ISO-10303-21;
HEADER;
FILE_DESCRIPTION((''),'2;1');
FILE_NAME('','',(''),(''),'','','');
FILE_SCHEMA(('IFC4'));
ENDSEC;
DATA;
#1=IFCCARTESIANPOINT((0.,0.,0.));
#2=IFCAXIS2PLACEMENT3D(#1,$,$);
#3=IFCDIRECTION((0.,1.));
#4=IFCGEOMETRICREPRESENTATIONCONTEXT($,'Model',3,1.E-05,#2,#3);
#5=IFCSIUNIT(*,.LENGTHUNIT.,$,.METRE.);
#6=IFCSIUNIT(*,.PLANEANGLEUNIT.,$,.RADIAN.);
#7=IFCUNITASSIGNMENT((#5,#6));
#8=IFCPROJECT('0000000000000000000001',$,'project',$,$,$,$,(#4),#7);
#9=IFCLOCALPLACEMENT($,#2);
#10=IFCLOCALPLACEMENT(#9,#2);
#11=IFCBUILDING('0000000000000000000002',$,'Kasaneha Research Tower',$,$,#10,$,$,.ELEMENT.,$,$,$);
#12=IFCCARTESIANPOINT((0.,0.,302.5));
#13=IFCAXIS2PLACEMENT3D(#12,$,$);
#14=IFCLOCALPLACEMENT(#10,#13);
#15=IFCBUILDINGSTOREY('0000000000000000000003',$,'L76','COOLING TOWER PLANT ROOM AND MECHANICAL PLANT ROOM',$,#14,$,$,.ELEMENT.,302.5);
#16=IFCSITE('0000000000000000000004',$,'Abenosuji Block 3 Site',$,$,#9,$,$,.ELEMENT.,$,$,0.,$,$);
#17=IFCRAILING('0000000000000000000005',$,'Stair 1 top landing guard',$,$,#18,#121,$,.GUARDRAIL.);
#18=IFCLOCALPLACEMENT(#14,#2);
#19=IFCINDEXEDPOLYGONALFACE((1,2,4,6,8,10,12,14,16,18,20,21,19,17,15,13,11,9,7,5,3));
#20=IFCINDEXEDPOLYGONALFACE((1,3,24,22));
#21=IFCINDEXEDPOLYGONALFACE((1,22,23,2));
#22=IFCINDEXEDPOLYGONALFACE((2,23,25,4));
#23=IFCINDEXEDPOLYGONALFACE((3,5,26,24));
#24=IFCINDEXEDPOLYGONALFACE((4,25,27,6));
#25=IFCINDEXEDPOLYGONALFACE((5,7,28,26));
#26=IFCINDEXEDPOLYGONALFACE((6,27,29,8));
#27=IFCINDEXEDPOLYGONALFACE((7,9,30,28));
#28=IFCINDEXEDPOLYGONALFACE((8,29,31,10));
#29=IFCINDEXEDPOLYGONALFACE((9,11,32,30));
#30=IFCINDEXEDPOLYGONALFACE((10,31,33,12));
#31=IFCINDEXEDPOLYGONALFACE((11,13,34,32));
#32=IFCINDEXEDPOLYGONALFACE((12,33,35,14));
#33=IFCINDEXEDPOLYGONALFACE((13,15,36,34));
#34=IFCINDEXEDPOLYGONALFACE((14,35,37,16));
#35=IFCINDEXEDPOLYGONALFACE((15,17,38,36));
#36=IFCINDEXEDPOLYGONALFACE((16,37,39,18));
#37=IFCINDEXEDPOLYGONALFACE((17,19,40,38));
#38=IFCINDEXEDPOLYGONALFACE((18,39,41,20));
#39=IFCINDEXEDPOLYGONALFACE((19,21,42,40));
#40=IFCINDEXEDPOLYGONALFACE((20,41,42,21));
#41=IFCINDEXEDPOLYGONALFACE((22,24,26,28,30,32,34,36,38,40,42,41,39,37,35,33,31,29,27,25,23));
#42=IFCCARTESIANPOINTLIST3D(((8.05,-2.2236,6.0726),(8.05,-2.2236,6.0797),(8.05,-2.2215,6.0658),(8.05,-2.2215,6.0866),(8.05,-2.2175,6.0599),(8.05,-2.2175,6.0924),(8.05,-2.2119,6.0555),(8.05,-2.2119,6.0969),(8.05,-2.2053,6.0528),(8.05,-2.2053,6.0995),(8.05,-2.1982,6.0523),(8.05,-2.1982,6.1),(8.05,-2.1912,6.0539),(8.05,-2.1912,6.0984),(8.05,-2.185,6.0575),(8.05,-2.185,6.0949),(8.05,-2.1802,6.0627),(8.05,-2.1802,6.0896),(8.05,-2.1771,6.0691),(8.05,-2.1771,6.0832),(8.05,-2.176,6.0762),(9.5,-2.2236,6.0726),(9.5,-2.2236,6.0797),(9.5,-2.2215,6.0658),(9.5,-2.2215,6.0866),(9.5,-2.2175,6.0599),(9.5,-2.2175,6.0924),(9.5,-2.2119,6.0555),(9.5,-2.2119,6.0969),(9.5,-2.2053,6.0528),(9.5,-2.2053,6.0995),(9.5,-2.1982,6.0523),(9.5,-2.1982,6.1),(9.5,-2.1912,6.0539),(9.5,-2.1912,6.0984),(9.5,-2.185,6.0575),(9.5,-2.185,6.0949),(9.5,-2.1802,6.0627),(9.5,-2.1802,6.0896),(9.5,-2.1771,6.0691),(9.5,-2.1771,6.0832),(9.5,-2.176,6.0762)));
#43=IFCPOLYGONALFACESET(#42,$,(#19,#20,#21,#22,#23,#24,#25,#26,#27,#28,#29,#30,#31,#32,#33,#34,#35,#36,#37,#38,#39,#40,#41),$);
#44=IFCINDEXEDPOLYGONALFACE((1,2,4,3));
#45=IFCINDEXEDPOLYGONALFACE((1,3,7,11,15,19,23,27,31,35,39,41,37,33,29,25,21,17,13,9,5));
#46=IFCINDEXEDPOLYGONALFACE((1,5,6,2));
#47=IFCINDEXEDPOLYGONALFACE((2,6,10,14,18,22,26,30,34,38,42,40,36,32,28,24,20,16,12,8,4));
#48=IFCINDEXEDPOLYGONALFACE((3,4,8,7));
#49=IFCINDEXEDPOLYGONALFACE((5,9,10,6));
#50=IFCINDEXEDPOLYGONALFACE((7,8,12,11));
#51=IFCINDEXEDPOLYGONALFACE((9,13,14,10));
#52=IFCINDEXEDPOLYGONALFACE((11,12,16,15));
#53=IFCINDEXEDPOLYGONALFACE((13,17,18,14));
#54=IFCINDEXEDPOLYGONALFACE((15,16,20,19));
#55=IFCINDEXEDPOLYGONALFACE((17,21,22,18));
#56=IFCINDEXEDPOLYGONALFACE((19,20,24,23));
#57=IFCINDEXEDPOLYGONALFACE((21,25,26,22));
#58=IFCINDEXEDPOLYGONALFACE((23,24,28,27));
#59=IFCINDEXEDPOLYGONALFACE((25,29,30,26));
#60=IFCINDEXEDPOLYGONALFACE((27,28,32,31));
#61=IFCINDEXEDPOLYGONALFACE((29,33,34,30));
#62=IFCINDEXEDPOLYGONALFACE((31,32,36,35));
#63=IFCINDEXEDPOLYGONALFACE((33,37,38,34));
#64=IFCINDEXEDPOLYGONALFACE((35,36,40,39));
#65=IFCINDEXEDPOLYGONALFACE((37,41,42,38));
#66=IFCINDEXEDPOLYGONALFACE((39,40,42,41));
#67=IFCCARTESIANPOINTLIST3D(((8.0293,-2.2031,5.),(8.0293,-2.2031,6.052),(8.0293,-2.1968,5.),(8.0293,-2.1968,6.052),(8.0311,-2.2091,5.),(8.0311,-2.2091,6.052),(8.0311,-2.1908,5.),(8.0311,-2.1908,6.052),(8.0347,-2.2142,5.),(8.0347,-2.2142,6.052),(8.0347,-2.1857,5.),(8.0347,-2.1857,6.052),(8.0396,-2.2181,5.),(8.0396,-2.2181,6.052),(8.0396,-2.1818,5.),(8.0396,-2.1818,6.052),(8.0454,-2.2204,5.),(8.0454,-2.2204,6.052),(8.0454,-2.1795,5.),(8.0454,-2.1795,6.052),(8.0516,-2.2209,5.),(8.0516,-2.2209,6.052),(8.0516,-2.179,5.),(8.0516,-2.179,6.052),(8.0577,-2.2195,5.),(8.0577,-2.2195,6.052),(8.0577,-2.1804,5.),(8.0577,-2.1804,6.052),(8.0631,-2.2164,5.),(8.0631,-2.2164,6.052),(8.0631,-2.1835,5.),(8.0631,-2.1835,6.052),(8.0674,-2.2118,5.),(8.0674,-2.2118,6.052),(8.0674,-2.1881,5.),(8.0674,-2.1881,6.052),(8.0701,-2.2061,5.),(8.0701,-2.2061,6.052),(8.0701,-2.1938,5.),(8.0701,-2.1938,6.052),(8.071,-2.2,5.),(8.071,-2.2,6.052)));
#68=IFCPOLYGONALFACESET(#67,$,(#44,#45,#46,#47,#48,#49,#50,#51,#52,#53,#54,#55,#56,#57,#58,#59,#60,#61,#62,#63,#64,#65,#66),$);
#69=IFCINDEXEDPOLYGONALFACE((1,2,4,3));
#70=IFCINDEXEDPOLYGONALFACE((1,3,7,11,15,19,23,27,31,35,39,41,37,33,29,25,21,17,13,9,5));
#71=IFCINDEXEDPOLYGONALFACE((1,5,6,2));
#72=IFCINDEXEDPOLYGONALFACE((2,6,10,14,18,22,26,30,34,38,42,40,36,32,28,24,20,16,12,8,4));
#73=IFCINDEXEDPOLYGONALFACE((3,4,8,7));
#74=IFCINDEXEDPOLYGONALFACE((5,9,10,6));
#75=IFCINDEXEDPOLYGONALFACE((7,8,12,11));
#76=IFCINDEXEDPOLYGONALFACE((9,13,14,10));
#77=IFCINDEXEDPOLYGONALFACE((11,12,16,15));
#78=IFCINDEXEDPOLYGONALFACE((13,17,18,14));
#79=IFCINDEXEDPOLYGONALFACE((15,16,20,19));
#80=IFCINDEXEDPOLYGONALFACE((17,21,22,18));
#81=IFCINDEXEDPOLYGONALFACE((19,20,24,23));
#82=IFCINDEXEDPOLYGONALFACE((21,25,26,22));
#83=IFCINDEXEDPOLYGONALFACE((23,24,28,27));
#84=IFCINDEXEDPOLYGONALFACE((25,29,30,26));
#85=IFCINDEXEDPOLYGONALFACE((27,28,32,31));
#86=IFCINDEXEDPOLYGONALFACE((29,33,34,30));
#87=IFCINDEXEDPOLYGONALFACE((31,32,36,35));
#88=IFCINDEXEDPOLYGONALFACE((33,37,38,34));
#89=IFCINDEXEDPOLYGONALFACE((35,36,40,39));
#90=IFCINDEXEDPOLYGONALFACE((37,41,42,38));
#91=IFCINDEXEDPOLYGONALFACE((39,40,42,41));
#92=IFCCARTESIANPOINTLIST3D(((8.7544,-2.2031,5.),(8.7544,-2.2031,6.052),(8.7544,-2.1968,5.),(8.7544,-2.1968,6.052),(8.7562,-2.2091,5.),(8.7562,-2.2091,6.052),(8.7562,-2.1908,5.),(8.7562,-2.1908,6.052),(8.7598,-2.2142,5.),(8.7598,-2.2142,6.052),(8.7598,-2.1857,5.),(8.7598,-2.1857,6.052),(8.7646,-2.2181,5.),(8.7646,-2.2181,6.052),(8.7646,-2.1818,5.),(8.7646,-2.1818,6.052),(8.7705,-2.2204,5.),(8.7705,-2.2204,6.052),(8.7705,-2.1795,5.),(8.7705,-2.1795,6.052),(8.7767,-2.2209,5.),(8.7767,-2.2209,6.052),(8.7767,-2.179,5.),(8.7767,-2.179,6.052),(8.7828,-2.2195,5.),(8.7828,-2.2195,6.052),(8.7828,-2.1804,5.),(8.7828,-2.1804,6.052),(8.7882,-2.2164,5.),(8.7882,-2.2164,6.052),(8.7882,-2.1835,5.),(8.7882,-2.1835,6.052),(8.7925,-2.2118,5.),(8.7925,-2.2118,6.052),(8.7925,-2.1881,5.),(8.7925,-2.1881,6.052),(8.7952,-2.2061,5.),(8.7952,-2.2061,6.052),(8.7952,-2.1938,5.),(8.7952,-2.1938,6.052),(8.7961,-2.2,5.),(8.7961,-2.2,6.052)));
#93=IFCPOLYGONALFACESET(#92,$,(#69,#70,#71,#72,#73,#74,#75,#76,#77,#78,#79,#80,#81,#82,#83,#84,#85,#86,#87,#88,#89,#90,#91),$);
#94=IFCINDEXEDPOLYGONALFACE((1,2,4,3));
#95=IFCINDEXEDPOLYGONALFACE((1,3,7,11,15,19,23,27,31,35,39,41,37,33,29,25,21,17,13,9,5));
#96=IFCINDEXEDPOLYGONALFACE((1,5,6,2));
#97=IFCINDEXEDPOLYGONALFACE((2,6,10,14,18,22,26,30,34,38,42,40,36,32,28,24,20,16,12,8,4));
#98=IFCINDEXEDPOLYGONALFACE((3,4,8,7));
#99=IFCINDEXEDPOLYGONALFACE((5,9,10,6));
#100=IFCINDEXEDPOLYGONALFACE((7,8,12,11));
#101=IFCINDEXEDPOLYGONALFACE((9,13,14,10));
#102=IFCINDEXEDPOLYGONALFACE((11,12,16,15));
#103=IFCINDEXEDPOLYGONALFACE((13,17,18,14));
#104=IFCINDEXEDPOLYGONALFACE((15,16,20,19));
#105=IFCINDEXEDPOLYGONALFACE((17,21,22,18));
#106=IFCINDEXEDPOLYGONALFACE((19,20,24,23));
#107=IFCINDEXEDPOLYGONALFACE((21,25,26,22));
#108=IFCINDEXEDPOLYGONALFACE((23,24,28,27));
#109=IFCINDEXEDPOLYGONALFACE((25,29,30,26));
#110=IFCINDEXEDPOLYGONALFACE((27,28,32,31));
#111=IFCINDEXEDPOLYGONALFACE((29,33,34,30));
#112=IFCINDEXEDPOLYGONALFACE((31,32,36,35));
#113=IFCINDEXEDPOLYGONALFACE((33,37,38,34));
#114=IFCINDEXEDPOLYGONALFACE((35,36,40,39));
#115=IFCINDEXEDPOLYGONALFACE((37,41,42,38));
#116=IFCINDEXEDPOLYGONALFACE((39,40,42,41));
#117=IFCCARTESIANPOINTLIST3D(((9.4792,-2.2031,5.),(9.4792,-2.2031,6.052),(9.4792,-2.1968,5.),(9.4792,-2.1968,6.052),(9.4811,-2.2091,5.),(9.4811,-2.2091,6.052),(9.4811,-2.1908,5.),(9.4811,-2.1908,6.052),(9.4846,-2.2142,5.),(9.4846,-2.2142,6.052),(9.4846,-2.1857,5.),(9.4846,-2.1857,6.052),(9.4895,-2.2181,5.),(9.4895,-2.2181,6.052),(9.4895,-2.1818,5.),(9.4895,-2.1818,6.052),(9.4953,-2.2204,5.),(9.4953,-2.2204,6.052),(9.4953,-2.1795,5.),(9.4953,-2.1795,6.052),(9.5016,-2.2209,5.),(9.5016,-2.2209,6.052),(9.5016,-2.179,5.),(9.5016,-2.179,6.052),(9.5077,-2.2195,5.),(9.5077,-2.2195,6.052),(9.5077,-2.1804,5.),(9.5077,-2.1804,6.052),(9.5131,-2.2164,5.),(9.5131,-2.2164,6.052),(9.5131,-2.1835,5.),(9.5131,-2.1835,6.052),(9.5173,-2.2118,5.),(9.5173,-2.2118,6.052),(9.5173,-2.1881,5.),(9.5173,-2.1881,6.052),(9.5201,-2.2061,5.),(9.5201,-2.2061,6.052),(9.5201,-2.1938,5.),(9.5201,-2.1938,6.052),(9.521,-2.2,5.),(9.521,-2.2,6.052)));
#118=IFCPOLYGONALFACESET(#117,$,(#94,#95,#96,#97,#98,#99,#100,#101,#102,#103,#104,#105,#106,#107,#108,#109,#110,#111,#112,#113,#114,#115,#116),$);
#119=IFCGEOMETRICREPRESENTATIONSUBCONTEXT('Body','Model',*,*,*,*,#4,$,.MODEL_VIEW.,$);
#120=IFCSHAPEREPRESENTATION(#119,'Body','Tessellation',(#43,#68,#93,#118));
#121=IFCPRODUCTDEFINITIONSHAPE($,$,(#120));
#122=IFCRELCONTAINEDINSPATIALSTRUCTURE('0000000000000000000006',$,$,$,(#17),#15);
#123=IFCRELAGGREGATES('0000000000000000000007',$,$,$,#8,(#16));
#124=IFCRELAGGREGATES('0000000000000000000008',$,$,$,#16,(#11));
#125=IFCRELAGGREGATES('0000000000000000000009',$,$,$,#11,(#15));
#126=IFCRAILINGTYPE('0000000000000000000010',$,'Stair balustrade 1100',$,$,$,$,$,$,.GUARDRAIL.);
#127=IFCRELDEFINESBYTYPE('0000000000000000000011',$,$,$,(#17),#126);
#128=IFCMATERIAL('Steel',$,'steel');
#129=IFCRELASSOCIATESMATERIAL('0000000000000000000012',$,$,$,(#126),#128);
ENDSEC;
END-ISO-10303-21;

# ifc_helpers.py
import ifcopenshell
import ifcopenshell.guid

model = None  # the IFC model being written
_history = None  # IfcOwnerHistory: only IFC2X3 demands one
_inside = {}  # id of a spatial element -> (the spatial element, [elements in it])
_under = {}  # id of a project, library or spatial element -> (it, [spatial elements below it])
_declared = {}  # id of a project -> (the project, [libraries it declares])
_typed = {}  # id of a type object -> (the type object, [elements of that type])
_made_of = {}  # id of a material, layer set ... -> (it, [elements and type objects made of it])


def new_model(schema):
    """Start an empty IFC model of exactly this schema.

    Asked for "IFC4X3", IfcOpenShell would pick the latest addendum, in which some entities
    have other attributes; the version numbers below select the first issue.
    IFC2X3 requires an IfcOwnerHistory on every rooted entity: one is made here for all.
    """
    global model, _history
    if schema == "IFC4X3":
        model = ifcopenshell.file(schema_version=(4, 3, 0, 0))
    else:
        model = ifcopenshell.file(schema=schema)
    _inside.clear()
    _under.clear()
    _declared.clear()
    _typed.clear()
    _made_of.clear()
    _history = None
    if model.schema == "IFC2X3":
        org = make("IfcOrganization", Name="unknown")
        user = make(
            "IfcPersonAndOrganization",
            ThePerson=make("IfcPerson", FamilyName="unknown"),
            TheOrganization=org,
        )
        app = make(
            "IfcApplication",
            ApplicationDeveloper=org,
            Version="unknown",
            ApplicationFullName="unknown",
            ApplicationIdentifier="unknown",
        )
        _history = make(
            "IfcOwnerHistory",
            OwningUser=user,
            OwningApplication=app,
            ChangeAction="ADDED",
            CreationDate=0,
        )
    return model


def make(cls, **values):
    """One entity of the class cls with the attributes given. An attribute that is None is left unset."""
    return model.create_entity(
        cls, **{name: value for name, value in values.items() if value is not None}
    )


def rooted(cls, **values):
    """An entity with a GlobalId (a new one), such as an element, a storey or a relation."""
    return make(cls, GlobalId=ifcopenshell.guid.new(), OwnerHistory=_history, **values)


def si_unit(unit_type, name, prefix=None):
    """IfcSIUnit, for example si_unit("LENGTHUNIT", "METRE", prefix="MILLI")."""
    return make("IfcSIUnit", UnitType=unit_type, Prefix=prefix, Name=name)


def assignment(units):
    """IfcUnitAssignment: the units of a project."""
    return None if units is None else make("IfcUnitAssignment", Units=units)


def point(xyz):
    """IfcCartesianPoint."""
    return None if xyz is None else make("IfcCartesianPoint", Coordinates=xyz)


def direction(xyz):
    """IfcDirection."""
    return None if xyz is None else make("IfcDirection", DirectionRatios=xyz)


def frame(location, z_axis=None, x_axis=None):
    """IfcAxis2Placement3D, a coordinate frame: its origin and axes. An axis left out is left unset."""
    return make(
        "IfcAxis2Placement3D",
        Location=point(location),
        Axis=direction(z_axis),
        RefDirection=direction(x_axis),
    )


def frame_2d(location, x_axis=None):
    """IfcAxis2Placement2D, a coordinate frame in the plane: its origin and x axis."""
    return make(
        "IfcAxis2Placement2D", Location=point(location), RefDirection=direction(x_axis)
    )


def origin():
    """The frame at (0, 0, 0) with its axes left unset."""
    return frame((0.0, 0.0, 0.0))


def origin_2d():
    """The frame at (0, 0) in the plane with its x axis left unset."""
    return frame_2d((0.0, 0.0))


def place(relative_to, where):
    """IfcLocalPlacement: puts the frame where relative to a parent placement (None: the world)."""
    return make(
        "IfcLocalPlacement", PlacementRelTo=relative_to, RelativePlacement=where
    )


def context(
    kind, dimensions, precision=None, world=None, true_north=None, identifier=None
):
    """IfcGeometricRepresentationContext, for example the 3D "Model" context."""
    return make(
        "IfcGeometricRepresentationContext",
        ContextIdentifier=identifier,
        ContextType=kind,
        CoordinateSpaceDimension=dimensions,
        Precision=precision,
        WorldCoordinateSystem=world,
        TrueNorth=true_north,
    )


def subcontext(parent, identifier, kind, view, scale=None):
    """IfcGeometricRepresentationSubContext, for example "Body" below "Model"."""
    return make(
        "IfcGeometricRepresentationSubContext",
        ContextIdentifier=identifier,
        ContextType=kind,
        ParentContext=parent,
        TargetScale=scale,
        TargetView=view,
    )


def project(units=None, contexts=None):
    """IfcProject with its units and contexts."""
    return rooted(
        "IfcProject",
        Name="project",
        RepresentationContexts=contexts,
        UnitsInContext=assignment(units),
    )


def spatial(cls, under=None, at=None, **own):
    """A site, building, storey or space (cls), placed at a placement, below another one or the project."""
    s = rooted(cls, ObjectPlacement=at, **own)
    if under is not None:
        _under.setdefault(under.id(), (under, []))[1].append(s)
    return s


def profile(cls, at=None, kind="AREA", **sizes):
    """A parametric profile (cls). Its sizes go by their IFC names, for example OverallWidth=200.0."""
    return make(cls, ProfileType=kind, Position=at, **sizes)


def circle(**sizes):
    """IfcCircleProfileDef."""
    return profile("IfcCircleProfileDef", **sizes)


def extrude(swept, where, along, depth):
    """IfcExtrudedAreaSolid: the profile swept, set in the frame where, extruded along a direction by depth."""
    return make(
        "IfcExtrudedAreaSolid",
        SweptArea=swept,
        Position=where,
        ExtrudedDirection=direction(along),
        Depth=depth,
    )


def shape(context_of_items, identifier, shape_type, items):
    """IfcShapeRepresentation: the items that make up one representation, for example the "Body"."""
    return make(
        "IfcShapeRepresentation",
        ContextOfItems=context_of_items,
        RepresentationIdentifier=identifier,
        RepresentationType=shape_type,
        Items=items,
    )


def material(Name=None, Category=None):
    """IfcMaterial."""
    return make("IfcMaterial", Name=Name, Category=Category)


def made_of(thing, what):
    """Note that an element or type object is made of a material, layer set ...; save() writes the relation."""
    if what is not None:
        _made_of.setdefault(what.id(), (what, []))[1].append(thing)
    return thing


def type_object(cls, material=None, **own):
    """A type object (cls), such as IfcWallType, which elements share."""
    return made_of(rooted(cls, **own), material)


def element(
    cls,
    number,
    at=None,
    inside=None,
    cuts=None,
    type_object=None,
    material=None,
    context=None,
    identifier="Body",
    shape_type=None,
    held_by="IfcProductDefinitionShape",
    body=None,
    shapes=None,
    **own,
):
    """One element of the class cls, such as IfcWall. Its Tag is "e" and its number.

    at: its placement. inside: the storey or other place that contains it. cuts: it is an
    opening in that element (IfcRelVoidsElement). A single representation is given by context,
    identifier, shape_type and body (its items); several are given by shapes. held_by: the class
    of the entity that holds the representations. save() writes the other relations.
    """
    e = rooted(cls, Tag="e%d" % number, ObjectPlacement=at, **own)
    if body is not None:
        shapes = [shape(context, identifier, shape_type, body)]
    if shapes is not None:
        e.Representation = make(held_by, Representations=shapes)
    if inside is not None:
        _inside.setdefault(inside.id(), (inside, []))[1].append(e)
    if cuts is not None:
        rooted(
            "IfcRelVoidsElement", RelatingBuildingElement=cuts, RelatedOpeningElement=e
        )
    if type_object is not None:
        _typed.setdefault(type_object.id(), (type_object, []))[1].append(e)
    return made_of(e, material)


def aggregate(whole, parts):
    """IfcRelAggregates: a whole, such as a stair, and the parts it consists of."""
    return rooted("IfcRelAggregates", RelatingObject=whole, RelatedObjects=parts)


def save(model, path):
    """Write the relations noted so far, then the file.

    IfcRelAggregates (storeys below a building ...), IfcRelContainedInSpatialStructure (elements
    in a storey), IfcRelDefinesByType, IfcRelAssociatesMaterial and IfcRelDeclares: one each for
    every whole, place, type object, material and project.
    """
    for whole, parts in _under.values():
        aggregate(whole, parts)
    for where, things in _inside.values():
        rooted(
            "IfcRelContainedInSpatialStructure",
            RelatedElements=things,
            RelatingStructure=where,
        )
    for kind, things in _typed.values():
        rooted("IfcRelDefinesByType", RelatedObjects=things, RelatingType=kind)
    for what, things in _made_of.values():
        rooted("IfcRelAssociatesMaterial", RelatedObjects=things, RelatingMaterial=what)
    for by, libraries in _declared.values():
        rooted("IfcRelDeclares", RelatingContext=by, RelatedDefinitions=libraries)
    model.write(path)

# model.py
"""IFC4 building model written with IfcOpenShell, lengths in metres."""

from ifc_helpers import new_model, si_unit, direction, frame, origin, origin_2d, place, context, subcontext, project, spatial, circle, extrude, material, type_object, element, save


model = new_model("IFC4")

# Units and contexts
model_context = context("Model", 3, precision=1e-05, world=origin(), true_north=direction((0.0, 1.0)))
body_context = subcontext(model_context, "Body", "Model", "MODEL_VIEW")
ifc_project = project(units=[si_unit("LENGTHUNIT", "METRE"), si_unit("PLANEANGLEUNIT", "RADIAN")], contexts=[model_context])

# Site, building, storey
site_placement = place(None, origin())
site = spatial("IfcSite", under=ifc_project, at=site_placement, Name="Abenosuji Block 3 Site", CompositionType="ELEMENT", RefElevation=0.0)
building_placement = place(site_placement, origin())
building = spatial("IfcBuilding", under=site, at=building_placement, Name="Kasaneha Research Tower", CompositionType="ELEMENT")
storey_placement = place(building_placement, frame((0.0, 0.0, 302.5)))
storey = spatial("IfcBuildingStorey", under=building, at=storey_placement, Name="L76", Description="COOLING TOWER PLANT ROOM AND MECHANICAL PLANT ROOM", CompositionType="ELEMENT", Elevation=302.5)

# Railing
ifc_material_1 = material(Name="Steel", Category="steel")
railing_type = type_object("IfcRailingType", Name="Stair balustrade 1100", PredefinedType="GUARDRAIL", material=ifc_material_1)
railing_placement = place(storey_placement, frame((8.05, -2.2, 5.0)))
element("IfcRailing", 1, at=railing_placement, inside=storey, type_object=railing_type, Name="Stair 1 top landing guard", PredefinedType="GUARDRAIL", context=body_context, shape_type="SweptSolid", body=[
    extrude(circle(Radius=0.0239, at=origin_2d()), frame((0.0, 0.0, 1.0762), z_axis=(1.0, 0.0, 0.0), x_axis=(0.0, 1.0, 0.0)), (0.0, 0.0, 1.0), 1.45),
    extrude(circle(Radius=0.021, at=origin_2d()), origin(), (0.0, 0.0, 1.0), 1.052),
    extrude(circle(Radius=0.021, at=origin_2d()), frame((0.7251, 0.0, 0.0)), (0.0, 0.0, 1.0), 1.052),
    extrude(circle(Radius=0.021, at=origin_2d()), frame((1.45, 0.0, 0.0)), (0.0, 0.0, 1.0), 1.052),
])

save(model, "model.ifc")
